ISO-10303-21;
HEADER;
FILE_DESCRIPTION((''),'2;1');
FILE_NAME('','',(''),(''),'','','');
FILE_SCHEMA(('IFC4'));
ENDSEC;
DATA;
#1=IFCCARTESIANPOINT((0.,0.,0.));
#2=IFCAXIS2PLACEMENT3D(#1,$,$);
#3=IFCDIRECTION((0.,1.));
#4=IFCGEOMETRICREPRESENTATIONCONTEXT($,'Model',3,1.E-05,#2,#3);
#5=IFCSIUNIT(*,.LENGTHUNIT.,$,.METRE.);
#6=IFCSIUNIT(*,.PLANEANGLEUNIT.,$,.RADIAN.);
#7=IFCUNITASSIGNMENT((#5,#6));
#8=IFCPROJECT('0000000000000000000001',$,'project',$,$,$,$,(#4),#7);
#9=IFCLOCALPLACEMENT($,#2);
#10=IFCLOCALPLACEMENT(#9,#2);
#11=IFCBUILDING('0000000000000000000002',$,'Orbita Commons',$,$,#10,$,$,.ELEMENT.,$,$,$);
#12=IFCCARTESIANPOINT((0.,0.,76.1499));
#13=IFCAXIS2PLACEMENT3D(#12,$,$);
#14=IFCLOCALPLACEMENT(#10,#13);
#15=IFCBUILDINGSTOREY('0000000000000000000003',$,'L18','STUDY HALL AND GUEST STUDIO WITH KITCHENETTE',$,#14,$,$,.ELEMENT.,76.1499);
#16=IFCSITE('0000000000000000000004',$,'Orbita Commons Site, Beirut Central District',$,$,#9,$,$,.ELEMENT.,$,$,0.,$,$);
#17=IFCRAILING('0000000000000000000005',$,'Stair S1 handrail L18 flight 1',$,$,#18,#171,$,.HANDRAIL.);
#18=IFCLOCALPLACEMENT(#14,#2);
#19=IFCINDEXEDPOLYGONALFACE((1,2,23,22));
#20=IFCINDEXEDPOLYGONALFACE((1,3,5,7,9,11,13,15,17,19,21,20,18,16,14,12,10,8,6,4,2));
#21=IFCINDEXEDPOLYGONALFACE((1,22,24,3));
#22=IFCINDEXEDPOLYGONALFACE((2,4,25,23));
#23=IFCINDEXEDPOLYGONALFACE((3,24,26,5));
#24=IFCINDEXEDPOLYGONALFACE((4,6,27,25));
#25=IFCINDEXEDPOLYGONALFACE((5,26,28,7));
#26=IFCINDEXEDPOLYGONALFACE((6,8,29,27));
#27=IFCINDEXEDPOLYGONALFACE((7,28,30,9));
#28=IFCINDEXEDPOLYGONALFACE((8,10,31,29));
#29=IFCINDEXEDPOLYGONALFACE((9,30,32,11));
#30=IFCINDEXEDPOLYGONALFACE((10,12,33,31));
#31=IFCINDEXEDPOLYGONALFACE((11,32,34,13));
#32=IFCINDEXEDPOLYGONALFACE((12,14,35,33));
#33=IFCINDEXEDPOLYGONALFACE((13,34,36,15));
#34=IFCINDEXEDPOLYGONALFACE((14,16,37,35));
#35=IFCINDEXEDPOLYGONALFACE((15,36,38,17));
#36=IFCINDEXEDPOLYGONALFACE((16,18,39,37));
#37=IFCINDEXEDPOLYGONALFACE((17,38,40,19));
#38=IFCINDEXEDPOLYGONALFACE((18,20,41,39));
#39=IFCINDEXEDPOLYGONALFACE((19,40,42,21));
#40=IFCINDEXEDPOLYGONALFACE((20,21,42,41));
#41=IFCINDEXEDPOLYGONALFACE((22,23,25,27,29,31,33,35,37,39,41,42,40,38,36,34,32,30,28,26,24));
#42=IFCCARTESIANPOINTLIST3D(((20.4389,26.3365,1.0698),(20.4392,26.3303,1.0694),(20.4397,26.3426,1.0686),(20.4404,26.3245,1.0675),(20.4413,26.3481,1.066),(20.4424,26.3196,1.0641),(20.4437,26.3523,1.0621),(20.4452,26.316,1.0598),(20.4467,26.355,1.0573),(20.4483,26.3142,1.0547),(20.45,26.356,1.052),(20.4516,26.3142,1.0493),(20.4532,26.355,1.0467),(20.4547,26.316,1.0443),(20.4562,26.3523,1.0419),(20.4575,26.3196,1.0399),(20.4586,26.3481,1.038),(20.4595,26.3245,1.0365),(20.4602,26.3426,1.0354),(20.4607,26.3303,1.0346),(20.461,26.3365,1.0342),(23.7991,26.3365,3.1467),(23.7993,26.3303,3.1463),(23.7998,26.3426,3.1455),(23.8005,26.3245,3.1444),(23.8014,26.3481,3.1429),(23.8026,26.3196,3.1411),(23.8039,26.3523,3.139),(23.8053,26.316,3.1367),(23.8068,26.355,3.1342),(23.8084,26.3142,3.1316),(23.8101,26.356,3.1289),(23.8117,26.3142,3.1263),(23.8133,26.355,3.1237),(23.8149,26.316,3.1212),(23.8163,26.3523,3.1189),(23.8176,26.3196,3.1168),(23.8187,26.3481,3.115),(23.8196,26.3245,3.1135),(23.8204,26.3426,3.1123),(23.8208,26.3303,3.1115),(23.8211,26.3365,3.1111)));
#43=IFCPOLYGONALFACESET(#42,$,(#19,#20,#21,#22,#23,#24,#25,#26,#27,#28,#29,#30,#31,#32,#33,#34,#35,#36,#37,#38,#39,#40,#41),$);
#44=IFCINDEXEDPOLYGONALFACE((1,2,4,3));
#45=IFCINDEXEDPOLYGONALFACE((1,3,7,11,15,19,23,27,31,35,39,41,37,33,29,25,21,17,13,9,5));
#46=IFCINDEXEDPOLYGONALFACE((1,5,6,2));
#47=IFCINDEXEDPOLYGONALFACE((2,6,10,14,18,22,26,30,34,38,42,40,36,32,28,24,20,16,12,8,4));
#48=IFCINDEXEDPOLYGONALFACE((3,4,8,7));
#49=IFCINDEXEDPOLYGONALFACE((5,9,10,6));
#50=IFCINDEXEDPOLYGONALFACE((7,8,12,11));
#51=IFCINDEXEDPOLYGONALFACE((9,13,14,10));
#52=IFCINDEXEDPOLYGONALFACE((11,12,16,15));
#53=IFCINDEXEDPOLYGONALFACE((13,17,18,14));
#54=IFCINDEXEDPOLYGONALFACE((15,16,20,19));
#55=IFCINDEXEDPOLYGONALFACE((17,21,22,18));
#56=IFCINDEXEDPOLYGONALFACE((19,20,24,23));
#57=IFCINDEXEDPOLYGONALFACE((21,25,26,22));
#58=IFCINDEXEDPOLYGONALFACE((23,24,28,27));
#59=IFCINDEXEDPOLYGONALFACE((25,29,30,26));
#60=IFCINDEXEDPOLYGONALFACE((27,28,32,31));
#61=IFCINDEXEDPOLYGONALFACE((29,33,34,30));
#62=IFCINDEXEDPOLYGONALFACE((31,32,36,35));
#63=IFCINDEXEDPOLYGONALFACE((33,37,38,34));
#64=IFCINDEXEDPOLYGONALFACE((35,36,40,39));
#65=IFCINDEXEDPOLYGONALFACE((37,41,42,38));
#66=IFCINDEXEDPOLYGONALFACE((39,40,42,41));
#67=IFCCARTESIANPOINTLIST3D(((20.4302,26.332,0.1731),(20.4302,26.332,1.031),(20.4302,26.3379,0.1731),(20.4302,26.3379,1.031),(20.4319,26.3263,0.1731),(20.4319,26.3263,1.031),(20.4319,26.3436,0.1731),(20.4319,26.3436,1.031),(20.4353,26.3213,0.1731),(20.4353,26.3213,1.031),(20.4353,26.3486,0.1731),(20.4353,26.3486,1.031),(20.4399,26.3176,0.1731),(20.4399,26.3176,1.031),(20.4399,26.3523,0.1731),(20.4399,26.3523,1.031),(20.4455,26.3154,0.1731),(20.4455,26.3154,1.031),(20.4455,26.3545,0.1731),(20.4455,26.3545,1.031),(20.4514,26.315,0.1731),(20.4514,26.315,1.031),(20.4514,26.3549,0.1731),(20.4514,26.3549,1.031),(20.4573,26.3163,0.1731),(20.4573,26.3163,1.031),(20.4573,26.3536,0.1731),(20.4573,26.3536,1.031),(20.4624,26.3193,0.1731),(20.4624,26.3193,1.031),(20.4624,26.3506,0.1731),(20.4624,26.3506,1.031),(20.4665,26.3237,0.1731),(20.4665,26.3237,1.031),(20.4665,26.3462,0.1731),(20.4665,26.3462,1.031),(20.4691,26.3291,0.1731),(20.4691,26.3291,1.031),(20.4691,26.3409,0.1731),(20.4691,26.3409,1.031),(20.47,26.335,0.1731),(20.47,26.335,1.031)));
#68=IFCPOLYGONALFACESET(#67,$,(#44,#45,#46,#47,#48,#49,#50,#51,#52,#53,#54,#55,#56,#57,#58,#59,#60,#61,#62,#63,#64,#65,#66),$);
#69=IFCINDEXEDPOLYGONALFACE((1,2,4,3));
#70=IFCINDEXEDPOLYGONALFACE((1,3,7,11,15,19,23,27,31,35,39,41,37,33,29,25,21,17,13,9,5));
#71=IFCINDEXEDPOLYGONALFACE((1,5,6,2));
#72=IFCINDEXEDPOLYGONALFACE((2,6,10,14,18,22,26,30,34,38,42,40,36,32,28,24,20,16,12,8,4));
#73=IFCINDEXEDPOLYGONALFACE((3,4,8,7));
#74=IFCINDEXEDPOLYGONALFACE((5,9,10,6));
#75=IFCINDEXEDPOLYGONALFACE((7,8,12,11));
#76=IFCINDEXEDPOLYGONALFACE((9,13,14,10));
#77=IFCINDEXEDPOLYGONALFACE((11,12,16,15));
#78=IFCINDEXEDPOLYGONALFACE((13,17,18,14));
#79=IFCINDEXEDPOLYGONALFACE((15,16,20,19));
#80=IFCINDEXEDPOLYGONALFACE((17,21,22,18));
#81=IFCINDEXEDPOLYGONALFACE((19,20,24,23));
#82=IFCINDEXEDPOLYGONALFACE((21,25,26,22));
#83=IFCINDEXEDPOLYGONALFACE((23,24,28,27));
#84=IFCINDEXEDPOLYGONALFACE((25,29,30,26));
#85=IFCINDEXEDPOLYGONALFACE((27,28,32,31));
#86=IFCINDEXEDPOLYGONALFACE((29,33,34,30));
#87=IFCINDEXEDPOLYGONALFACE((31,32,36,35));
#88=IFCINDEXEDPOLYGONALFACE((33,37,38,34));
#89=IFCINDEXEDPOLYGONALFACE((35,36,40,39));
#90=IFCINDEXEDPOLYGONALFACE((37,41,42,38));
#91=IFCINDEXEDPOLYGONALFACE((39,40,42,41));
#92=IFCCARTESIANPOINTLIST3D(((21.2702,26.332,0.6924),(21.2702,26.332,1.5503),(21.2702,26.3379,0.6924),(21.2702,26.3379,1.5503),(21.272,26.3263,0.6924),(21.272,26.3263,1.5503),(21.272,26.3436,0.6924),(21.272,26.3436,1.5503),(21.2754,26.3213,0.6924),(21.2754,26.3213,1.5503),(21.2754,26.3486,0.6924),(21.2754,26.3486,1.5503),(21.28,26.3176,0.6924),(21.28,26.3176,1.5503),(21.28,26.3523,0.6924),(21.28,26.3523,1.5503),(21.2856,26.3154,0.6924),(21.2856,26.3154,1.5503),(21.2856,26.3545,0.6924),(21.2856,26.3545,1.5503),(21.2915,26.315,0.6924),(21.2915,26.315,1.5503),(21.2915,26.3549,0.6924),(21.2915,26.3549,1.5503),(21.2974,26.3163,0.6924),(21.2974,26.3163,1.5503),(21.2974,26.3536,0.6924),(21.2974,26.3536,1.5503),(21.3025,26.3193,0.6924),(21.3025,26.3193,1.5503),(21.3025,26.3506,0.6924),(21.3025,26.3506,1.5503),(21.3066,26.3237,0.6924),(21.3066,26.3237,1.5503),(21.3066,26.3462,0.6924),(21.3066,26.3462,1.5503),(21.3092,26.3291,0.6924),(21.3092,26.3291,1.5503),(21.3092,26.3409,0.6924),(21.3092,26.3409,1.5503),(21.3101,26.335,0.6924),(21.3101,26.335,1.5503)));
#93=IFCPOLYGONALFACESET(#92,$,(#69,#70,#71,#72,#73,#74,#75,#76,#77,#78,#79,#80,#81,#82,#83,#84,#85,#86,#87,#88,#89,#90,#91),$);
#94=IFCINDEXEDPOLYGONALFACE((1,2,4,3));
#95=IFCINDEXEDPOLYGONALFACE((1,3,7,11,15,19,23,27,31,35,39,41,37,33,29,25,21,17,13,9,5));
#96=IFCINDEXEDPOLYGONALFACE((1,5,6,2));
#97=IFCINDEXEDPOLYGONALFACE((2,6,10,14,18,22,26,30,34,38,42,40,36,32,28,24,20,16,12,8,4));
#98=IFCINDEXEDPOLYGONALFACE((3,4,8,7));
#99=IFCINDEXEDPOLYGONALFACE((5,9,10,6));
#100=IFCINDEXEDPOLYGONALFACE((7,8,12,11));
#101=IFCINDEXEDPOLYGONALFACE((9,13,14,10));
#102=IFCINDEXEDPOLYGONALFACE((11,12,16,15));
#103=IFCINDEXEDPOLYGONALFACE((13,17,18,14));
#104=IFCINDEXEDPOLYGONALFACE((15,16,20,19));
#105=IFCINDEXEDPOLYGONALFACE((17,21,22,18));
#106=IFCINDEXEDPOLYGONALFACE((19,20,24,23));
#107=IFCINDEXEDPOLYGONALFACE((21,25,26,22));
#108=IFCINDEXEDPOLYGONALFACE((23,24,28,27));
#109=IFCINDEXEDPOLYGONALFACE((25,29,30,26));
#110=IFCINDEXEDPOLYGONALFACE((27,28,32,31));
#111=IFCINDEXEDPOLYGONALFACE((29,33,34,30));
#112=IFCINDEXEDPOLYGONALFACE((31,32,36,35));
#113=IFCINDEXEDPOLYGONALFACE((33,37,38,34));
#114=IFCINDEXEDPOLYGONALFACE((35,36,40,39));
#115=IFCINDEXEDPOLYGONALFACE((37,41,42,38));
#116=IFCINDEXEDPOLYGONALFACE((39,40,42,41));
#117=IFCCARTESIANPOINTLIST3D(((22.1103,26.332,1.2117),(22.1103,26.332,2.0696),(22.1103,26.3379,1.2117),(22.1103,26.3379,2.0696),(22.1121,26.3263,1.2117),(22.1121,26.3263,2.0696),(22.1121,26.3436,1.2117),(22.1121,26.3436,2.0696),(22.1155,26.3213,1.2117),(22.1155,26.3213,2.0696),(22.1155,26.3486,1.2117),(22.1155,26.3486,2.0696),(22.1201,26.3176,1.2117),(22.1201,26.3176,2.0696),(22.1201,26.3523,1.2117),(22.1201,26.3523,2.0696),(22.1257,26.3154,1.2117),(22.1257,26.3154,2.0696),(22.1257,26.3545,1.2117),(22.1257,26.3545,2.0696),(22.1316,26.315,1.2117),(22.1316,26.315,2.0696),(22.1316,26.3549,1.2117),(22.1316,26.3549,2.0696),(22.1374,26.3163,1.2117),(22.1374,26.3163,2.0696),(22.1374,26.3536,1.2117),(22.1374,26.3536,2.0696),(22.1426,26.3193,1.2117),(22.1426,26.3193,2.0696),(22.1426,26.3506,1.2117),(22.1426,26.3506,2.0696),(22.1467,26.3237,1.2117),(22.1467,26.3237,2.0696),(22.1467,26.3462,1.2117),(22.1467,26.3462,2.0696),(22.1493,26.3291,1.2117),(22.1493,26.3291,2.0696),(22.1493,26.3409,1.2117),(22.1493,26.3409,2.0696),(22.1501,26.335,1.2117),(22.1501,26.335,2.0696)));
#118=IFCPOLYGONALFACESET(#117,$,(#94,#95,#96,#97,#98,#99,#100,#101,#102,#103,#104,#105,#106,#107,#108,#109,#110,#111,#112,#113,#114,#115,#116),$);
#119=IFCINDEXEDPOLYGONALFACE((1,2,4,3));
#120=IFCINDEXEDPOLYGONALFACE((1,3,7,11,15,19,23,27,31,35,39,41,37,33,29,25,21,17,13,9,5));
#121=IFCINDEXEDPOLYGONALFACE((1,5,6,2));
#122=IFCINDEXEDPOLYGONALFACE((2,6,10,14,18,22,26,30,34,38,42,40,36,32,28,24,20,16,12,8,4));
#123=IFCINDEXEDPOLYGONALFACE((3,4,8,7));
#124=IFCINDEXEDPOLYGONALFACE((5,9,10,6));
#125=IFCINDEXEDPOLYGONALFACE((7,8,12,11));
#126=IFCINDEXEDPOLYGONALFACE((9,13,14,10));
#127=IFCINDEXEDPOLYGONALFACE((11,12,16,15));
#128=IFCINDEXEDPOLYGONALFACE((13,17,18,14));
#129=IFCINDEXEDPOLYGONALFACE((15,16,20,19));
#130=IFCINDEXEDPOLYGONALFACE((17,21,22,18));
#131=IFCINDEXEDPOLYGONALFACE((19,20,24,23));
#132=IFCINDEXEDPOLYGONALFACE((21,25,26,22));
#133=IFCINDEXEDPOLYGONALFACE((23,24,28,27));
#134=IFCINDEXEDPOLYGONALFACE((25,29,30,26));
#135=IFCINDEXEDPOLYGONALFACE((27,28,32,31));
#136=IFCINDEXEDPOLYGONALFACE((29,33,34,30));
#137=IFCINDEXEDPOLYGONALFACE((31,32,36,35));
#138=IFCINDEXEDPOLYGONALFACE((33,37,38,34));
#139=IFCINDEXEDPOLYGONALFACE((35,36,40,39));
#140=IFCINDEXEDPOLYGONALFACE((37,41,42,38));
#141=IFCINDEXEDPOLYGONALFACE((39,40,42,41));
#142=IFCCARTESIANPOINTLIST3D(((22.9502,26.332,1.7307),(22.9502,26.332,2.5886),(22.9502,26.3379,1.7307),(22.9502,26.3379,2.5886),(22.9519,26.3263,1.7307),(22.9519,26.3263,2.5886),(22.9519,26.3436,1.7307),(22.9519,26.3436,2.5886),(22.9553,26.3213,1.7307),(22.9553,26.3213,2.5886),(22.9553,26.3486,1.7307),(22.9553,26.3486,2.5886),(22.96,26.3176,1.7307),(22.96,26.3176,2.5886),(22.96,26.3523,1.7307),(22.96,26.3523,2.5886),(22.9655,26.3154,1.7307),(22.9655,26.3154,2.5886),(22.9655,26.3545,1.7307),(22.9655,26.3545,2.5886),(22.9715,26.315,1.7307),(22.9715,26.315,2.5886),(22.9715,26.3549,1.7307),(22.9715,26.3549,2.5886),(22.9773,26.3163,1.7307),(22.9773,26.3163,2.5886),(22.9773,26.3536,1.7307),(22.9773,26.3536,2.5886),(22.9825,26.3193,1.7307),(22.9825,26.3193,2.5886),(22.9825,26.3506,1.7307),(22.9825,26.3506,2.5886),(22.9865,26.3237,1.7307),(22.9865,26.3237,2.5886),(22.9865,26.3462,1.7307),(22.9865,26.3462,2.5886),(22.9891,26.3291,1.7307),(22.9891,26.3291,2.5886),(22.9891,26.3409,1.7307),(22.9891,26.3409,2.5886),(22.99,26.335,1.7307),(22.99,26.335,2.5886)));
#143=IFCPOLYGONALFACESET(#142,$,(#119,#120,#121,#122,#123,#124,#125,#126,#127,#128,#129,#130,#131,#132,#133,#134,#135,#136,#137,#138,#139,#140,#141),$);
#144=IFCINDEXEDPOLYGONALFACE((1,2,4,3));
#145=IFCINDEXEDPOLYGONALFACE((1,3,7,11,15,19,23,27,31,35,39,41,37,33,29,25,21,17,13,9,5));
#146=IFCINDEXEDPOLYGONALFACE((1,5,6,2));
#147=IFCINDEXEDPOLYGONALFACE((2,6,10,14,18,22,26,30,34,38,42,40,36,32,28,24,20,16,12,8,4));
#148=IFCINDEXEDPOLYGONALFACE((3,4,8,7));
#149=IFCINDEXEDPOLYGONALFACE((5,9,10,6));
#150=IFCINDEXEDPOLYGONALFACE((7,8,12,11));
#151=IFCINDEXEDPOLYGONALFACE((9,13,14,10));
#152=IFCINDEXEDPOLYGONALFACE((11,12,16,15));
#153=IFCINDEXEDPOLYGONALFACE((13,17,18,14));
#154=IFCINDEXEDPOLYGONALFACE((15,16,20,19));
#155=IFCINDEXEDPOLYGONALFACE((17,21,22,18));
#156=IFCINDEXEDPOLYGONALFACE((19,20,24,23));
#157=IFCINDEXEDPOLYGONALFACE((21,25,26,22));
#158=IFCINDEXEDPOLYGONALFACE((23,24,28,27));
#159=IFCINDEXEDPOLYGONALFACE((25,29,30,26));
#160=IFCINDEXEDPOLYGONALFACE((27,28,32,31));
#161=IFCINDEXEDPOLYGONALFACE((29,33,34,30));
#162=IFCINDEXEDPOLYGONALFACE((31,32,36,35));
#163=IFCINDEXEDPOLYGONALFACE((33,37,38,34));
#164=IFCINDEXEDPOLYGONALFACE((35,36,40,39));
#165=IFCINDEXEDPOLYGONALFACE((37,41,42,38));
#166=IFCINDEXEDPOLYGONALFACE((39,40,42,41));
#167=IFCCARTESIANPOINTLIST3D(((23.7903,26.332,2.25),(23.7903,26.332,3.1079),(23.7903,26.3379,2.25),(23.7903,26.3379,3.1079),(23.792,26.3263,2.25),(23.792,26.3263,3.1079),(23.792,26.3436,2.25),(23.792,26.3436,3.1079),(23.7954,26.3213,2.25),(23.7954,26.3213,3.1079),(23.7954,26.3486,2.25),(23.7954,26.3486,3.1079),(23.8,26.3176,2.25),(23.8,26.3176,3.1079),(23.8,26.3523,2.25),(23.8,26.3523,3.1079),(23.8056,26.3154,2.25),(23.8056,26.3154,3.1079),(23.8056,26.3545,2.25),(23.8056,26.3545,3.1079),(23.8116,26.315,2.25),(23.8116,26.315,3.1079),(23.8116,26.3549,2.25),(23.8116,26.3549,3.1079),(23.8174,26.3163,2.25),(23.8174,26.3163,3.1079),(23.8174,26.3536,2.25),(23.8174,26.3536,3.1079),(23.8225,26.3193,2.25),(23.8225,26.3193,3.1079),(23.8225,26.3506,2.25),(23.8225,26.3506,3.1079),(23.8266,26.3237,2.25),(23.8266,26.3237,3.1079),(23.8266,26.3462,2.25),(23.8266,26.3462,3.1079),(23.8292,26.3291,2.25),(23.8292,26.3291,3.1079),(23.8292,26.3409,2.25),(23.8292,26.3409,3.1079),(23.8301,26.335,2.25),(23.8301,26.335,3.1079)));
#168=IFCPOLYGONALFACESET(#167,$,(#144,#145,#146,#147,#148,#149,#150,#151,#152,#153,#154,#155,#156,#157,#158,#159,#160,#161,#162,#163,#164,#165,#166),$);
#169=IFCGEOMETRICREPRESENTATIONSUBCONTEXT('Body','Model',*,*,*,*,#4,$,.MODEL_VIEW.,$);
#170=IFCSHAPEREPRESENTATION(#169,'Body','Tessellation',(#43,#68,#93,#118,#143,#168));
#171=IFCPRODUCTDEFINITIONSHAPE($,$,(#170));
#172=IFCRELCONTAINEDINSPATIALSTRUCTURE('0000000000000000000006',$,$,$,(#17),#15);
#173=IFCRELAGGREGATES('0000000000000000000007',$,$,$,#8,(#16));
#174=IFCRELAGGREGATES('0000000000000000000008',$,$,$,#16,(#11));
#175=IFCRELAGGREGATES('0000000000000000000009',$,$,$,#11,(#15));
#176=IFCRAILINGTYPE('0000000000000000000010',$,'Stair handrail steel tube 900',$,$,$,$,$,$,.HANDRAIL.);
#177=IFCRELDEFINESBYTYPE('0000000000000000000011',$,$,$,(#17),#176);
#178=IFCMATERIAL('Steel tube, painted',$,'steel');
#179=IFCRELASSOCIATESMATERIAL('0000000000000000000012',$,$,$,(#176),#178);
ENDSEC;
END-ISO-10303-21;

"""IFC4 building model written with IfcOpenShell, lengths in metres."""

from ifc_helpers import new_model, si_unit, direction, frame, origin, origin_2d, place, context, subcontext, project, spatial, circle, extrude, material, type_object, element, save


model = new_model("IFC4")

# Units and contexts
model_context = context("Model", 3, precision=1e-05, world=origin(), true_north=direction((0.0, 1.0)))
body_context = subcontext(model_context, "Body", "Model", "MODEL_VIEW")
ifc_project = project(units=[si_unit("LENGTHUNIT", "METRE"), si_unit("PLANEANGLEUNIT", "RADIAN")], contexts=[model_context])

# Site, building, storey
site_placement = place(None, origin())
site = spatial("IfcSite", under=ifc_project, at=site_placement, Name="Orbita Commons Site, Beirut Central District", CompositionType="ELEMENT", RefElevation=0.0)
building_placement = place(site_placement, origin())
building = spatial("IfcBuilding", under=site, at=building_placement, Name="Orbita Commons", CompositionType="ELEMENT")
storey_placement = place(building_placement, frame((0.0, 0.0, 76.1499)))
storey = spatial("IfcBuildingStorey", under=building, at=storey_placement, Name="L18", Description="STUDY HALL AND GUEST STUDIO WITH KITCHENETTE", CompositionType="ELEMENT", Elevation=76.1499)

# Railing
ifc_material_1 = material(Name="Steel tube, painted", Category="steel")
railing_type = type_object("IfcRailingType", Name="Stair handrail steel tube 900", PredefinedType="HANDRAIL", material=ifc_material_1)
railing_placement = place(storey_placement, frame((20.45, 26.335, 0.1731)))
element("IfcRailing", 1, at=railing_placement, inside=storey, type_object=railing_type, Name="Stair S1 handrail L18 flight 1", PredefinedType="HANDRAIL", context=body_context, shape_type="SweptSolid", body=[
    extrude(circle(Radius=0.021, at=origin_2d()), frame((0.0, 0.0, 0.8789), z_axis=(0.850623, 0.0, 0.525776), x_axis=(0.0, 1.0, 0.0)), (0.0, 0.0, 1.0), 3.9502),
    extrude(circle(Radius=0.02, at=origin_2d()), origin(), (0.0, 0.0, 1.0), 0.8579),
    extrude(circle(Radius=0.02, at=origin_2d()), frame((0.8401, 0.0, 0.5193)), (0.0, 0.0, 1.0), 0.8579),
    extrude(circle(Radius=0.02, at=origin_2d()), frame((1.6802, 0.0, 1.0386)), (0.0, 0.0, 1.0), 0.8579),
    extrude(circle(Radius=0.02, at=origin_2d()), frame((2.52, 0.0, 1.5576)), (0.0, 0.0, 1.0), 0.8579),
    extrude(circle(Radius=0.02, at=origin_2d()), frame((3.3601, 0.0, 2.0769)), (0.0, 0.0, 1.0), 0.8579),
])

save(model, "model.ifc")
